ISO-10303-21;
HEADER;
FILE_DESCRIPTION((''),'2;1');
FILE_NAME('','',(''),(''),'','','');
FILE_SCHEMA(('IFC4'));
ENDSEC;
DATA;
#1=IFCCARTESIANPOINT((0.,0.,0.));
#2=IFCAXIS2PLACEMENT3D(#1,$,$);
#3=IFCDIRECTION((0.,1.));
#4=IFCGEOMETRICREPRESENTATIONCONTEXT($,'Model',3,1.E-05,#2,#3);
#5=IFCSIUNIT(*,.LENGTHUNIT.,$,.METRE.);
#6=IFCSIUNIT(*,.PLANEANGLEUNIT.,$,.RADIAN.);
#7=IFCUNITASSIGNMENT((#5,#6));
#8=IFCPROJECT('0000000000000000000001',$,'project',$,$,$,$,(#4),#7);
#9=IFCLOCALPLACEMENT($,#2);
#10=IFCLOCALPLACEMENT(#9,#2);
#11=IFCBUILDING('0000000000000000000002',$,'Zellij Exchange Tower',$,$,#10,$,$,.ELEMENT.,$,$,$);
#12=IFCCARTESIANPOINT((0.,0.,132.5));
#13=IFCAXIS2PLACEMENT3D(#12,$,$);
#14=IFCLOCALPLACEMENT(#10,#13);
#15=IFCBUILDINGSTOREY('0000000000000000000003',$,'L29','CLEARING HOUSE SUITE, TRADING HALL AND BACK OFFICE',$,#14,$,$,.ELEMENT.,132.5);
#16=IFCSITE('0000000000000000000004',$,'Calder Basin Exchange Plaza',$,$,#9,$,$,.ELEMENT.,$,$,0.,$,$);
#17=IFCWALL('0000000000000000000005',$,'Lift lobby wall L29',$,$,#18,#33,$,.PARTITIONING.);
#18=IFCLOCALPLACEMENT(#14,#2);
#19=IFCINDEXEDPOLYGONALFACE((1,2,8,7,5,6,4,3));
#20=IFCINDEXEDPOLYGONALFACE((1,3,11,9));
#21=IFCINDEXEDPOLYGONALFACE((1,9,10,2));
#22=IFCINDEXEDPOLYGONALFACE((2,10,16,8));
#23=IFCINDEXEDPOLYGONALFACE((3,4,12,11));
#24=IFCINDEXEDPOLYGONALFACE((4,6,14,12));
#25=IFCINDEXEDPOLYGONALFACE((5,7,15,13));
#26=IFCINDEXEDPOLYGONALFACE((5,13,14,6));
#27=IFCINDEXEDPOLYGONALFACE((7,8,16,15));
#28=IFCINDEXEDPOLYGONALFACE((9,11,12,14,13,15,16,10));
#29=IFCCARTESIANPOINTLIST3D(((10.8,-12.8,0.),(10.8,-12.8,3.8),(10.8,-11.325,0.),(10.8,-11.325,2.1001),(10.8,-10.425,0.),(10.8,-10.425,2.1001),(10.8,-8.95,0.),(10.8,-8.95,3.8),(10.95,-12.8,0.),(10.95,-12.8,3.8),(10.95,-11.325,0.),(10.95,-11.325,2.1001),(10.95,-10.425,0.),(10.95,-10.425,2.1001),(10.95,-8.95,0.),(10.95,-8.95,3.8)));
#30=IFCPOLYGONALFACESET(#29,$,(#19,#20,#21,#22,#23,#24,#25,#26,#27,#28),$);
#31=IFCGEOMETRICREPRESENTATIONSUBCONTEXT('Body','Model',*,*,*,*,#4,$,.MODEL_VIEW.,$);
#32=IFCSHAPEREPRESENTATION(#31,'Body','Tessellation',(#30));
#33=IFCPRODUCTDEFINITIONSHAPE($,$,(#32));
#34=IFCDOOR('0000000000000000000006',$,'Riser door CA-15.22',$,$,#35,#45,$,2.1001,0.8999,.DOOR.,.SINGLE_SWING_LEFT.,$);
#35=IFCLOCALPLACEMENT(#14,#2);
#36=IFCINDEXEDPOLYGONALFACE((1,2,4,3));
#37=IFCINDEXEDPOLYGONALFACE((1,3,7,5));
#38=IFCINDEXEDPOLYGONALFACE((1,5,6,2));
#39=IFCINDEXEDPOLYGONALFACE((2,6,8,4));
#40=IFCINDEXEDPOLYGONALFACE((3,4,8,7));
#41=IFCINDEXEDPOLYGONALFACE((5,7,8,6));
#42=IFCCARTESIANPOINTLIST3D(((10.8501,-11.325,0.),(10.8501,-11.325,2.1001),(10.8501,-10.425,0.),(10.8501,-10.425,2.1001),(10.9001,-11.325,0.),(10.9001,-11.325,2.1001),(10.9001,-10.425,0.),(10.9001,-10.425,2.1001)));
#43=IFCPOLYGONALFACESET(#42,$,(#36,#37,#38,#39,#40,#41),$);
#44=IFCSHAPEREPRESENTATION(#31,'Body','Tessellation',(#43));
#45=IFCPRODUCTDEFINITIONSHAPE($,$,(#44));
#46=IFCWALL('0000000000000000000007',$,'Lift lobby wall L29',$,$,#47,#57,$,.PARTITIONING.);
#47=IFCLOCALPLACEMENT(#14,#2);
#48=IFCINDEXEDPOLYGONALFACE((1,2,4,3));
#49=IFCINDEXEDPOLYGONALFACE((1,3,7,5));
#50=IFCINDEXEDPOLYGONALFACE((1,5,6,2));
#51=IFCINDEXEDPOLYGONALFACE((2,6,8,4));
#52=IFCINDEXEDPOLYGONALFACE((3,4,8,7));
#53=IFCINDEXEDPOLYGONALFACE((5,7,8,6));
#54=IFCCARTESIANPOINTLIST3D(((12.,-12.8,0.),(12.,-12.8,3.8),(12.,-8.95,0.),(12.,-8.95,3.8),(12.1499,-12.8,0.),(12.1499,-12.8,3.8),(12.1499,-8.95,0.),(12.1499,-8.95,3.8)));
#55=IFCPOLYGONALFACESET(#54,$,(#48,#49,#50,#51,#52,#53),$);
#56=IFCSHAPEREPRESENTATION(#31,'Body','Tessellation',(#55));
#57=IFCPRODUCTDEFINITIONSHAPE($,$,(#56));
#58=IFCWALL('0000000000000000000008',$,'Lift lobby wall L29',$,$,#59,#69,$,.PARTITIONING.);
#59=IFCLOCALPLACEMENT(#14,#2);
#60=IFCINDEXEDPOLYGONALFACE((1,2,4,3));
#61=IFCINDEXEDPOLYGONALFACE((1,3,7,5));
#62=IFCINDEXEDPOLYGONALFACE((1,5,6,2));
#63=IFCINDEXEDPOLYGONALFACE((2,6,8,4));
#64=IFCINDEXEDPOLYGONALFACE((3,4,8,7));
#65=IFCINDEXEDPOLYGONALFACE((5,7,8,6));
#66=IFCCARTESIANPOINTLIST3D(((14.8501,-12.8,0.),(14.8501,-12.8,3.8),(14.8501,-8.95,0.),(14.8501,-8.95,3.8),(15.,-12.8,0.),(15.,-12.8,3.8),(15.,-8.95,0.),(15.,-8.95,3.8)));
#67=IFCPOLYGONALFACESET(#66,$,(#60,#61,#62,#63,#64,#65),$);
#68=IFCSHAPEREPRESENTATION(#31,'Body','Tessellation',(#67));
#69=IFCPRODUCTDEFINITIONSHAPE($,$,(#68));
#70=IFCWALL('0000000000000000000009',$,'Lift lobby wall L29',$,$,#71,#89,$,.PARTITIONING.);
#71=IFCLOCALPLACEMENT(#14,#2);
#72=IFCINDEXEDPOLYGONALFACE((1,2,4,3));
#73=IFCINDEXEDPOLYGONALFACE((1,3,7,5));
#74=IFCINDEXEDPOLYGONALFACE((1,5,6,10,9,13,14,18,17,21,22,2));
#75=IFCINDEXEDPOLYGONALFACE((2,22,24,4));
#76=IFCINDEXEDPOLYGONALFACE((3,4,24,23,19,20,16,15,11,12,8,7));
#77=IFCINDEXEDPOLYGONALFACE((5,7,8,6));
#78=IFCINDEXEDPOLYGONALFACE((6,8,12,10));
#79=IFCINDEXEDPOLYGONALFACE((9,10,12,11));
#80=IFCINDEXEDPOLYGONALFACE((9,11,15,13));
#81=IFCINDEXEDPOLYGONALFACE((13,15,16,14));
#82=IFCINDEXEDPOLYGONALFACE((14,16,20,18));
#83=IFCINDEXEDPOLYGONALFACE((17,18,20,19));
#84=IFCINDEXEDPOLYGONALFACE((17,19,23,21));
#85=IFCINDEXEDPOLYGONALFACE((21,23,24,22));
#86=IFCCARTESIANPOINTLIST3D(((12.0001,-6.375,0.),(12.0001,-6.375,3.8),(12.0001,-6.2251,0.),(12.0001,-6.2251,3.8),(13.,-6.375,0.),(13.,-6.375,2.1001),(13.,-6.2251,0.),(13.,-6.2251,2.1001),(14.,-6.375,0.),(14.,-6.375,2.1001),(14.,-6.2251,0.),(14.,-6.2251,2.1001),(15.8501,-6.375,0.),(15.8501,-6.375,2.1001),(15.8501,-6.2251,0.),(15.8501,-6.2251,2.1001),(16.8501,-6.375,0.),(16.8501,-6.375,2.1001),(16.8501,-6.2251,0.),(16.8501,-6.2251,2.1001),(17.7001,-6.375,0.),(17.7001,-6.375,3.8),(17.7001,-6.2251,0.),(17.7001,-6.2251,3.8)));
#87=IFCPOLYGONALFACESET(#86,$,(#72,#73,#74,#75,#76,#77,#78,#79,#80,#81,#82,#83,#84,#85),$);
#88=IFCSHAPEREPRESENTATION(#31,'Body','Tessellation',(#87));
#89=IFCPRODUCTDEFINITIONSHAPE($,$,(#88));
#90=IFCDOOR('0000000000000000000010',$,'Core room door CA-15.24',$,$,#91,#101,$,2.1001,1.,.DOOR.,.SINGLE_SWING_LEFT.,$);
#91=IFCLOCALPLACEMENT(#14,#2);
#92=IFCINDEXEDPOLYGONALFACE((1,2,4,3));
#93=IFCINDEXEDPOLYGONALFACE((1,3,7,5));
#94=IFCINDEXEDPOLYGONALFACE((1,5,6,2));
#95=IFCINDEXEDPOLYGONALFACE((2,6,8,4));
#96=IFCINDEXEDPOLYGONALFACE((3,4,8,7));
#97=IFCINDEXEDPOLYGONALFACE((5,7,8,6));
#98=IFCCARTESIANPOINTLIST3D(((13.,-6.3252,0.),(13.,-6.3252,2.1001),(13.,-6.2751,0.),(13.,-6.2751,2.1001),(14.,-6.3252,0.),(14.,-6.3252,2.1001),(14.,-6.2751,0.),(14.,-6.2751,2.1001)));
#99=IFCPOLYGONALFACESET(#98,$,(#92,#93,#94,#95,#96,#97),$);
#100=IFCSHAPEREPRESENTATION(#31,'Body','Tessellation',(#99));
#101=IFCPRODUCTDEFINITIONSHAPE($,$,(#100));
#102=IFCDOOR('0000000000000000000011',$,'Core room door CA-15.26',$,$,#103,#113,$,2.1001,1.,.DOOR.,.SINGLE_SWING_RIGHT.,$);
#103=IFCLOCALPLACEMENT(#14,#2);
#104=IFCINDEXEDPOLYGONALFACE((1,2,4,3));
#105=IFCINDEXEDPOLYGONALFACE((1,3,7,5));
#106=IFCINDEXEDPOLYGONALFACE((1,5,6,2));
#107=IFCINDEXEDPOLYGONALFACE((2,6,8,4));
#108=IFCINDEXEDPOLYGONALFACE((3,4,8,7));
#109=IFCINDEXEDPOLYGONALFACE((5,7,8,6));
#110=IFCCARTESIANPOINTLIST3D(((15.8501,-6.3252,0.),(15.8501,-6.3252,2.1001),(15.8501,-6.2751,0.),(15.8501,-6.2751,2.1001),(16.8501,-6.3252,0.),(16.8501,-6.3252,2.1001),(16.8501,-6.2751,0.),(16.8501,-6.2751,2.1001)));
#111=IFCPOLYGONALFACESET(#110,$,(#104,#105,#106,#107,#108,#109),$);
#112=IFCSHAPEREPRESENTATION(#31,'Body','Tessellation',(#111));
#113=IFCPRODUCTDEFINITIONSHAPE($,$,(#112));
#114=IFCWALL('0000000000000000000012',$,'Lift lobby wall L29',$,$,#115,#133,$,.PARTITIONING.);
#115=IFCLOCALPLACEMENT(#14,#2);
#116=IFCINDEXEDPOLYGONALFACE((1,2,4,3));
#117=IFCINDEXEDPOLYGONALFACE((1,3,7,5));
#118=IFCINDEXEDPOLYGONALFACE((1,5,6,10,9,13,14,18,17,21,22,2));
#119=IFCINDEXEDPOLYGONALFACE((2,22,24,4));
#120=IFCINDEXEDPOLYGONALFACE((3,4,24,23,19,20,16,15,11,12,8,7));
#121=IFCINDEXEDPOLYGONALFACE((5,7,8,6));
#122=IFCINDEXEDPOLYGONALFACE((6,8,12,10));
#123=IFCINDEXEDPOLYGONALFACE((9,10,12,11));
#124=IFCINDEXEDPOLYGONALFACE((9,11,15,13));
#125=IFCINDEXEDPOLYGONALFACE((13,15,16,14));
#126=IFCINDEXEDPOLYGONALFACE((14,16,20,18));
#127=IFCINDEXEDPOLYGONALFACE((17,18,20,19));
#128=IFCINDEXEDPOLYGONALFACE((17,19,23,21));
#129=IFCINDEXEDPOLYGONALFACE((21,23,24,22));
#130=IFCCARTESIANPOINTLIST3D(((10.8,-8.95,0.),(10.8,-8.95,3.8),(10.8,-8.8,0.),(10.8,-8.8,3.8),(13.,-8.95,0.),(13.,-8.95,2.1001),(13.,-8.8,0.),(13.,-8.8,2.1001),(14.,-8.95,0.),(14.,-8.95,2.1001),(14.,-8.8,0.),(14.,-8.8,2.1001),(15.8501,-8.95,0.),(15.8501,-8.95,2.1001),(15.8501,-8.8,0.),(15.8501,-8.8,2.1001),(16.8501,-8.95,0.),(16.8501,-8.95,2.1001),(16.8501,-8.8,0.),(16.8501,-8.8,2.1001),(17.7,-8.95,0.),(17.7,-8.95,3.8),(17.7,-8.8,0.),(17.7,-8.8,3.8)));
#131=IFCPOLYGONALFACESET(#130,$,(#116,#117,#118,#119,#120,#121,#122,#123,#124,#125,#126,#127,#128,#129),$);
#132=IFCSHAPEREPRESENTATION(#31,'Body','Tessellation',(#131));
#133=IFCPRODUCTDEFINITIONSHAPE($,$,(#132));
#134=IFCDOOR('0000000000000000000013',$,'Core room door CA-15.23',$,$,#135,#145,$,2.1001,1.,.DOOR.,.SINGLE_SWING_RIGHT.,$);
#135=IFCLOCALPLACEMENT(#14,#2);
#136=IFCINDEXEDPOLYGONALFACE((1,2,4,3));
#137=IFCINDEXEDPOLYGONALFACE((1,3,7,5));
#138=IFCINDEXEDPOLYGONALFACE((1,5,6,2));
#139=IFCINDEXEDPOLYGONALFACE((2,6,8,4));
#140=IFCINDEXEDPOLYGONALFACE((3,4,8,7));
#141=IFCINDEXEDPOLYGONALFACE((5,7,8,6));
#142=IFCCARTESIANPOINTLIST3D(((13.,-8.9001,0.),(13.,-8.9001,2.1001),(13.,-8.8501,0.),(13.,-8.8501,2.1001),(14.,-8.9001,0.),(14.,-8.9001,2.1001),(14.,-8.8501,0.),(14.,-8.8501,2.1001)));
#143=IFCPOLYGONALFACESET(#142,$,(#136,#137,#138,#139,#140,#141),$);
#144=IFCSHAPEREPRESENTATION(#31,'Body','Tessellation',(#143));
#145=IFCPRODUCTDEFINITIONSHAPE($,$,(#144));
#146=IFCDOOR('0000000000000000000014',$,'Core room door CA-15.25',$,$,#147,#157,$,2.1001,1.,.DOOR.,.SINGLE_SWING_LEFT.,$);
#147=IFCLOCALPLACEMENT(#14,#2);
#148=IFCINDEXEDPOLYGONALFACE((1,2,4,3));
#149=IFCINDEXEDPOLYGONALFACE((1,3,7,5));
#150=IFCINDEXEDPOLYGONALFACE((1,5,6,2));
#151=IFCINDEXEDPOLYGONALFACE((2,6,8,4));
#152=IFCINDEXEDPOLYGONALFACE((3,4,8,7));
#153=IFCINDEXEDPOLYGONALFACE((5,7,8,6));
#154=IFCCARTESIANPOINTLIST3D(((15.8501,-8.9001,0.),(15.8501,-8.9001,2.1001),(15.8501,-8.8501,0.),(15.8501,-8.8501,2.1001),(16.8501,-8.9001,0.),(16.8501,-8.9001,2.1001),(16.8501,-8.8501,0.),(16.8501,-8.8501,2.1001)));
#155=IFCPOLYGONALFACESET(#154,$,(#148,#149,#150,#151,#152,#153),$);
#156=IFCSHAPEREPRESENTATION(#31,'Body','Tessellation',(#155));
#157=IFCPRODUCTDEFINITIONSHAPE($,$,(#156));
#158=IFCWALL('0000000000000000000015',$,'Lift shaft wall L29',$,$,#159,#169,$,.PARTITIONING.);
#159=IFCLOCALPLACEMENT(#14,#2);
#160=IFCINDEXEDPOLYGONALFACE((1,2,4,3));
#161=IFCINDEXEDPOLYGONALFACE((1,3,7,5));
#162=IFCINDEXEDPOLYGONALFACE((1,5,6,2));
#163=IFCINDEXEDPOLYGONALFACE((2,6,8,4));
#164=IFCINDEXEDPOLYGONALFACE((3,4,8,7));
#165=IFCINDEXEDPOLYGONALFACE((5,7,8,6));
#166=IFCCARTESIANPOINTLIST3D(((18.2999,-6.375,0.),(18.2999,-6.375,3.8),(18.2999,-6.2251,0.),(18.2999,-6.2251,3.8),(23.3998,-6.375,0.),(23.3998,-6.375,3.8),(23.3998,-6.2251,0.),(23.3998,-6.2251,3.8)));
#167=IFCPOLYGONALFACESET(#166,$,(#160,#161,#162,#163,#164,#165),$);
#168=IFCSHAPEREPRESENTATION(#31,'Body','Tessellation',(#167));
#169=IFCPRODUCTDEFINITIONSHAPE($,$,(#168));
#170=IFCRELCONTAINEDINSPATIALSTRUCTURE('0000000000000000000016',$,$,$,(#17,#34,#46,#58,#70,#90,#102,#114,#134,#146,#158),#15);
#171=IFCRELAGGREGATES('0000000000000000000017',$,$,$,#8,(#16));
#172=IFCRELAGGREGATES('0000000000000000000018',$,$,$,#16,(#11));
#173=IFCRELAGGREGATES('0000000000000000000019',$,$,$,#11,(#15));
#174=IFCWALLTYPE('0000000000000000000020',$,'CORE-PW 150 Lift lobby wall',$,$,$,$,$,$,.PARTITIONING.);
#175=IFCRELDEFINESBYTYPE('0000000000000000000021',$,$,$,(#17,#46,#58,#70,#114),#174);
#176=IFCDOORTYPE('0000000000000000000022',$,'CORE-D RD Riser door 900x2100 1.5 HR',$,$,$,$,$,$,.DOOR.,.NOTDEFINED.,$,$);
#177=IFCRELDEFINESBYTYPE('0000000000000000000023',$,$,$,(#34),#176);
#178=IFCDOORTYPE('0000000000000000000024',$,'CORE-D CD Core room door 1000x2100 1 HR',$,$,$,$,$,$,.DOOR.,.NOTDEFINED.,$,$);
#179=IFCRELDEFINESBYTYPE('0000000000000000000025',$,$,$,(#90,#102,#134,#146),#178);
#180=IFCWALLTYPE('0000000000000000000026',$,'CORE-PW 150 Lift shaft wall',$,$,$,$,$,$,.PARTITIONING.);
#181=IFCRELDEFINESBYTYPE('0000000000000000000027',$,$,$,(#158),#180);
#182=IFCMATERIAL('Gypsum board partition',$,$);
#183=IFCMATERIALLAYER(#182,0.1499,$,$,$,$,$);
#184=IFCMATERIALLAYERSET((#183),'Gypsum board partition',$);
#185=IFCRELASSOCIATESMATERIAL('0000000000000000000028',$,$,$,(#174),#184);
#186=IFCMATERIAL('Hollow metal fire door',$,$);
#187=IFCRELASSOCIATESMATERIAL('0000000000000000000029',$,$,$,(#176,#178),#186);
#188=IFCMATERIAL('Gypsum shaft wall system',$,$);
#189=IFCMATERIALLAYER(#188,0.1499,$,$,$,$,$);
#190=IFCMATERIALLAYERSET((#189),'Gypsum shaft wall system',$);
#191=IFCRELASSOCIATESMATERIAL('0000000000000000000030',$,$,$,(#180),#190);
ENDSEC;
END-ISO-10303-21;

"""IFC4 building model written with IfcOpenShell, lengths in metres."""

from ifc_helpers import new_model, si_unit, direction, frame, frame_2d, origin, place, context, subcontext, project, spatial, rectangle, extrude, material, layer, layer_set, type_object, element, fill, save


model = new_model("IFC4")

# Units and contexts
model_context = context("Model", 3, precision=1e-05, world=origin(), true_north=direction((0.0, 1.0)))
body_context = subcontext(model_context, "Body", "Model", "MODEL_VIEW")
ifc_project = project(units=[si_unit("LENGTHUNIT", "METRE"), si_unit("PLANEANGLEUNIT", "RADIAN")], contexts=[model_context])

# Site, building, storey
site_placement = place(None, origin())
site = spatial("IfcSite", under=ifc_project, at=site_placement, Name="Calder Basin Exchange Plaza", CompositionType="ELEMENT", RefElevation=0.0)
building_placement = place(site_placement, origin())
building = spatial("IfcBuilding", under=site, at=building_placement, Name="Zellij Exchange Tower", CompositionType="ELEMENT")
storey_placement = place(building_placement, frame((0.0, 0.0, 132.5)))
storey = spatial("IfcBuildingStorey", under=building, at=storey_placement, Name="L29", Description="CLEARING HOUSE SUITE, TRADING HALL AND BACK OFFICE", CompositionType="ELEMENT", Elevation=132.5)

# Shared definitions
ifc_material_1 = material(Name="Gypsum board partition")
ifc_layer_1 = layer(ifc_material_1, 0.1499)
ifc_layer_set_1 = layer_set([ifc_layer_1], Name="Gypsum board partition")
wall_type_1 = type_object("IfcWallType", Name="CORE-PW 150 Lift lobby wall", PredefinedType="PARTITIONING", material=ifc_layer_set_1)

# Wall, opening, door
wall_1_placement = place(storey_placement, frame((10.875, -12.8, 0.0), z_axis=(0.0, 0.0, 1.0), x_axis=(0.0, 1.0, 0.0)))
wall_1 = element("IfcWall", 1, at=wall_1_placement, inside=storey, type_object=wall_type_1, Name="Lift lobby wall L29", PredefinedType="PARTITIONING", context=body_context, shape_type="SweptSolid", body=[
    extrude(rectangle(XDim=3.8501, YDim=0.1499, at=frame_2d((1.925, 0.0))), origin(), (0.0, 0.0, 1.0), 3.8),
])
opening_1_placement = place(wall_1_placement, frame((1.4751, 0.0, 0.0)))
opening_1 = element("IfcOpeningElement", 2, at=opening_1_placement, cuts=wall_1, PredefinedType="OPENING", context=body_context, shape_type="SweptSolid", body=[
    extrude(rectangle(XDim=0.8999, YDim=2.1001, at=frame_2d((0.45, 1.05))), frame((0.0, 0.0869, 0.0), z_axis=(0.0, -1.0, 0.0), x_axis=(1.0, 0.0, 0.0)), (0.0, 0.0, 1.0), 0.1738),
])
ifc_material_2 = material(Name="Hollow metal fire door")
door_type_1 = type_object("IfcDoorType", Name="CORE-D RD Riser door 900x2100 1.5 HR", OperationType="NOTDEFINED", PredefinedType="DOOR", material=ifc_material_2)
door_1_placement = place(opening_1_placement, origin())
door_1 = element("IfcDoor", 3, at=door_1_placement, inside=storey, type_object=door_type_1, Name="Riser door CA-15.22", OperationType="SINGLE_SWING_LEFT", OverallHeight=2.1001, OverallWidth=0.8999, PredefinedType="DOOR", context=body_context, shape_type="SweptSolid", body=[
    extrude(rectangle(XDim=0.8999, YDim=2.1001, at=frame_2d((0.45, 1.05))), frame((0.0, 0.0249, 0.0), z_axis=(0.0, -1.0, 0.0), x_axis=(1.0, 0.0, 0.0)), (0.0, 0.0, 1.0), 0.05),
])
fill(opening_1, door_1)

# Walls
for number, where, z_axis, x_axis, name in (
    (4, (12.075, -12.8, 0.0), (0.0, 0.0, 1.0), (0.0, 1.0, 0.0), "Lift lobby wall L29"),
    (5, (14.925, -12.8, 0.0), (0.0, 0.0, 1.0), (0.0, 1.0, 0.0), "Lift lobby wall L29"),
):
    element("IfcWall", number, at=place(storey_placement, frame(where, z_axis=z_axis, x_axis=x_axis)), inside=storey, type_object=wall_type_1, Name=name, PredefinedType="PARTITIONING", context=body_context, shape_type="SweptSolid", body=[
        extrude(rectangle(XDim=3.8501, YDim=0.1499, at=frame_2d((1.925, 0.0))), origin(), (0.0, 0.0, 1.0), 3.8),
    ])

# Walls, openings, doors
wall_2_placement = place(storey_placement, frame((12.0, -6.3, 0.0), z_axis=(0.0, 0.0, 1.0), x_axis=(1.0, 0.0, 0.0)))
wall_2 = element("IfcWall", 6, at=wall_2_placement, inside=storey, type_object=wall_type_1, Name="Lift lobby wall L29", PredefinedType="PARTITIONING", context=body_context, shape_type="SweptSolid", body=[
    extrude(rectangle(XDim=5.7, YDim=0.1499, at=frame_2d((2.8501, 0.0))), origin(), (0.0, 0.0, 1.0), 3.8),
])
opening_2_placement = place(wall_2_placement, frame((1.0, 0.0, 0.0)))
opening_2 = element("IfcOpeningElement", 7, at=opening_2_placement, cuts=wall_2, PredefinedType="OPENING", context=body_context, shape_type="SweptSolid", body=[
    extrude(rectangle(XDim=1.0, YDim=2.1001, at=frame_2d((0.5, 1.05))), frame((0.0, 0.0869, 0.0), z_axis=(0.0, -1.0, 0.0), x_axis=(1.0, 0.0, 0.0)), (0.0, 0.0, 1.0), 0.1738),
])
opening_3_placement = place(wall_2_placement, frame((3.8501, 0.0, 0.0)))
opening_3 = element("IfcOpeningElement", 8, at=opening_3_placement, cuts=wall_2, PredefinedType="OPENING", context=body_context, shape_type="SweptSolid", body=[
    extrude(rectangle(XDim=1.0, YDim=2.1001, at=frame_2d((0.5, 1.05))), frame((0.0, 0.0869, 0.0), z_axis=(0.0, -1.0, 0.0), x_axis=(1.0, 0.0, 0.0)), (0.0, 0.0, 1.0), 0.1738),
])
door_type_2 = type_object("IfcDoorType", Name="CORE-D CD Core room door 1000x2100 1 HR", OperationType="NOTDEFINED", PredefinedType="DOOR", material=ifc_material_2)
door_2_placement = place(opening_2_placement, origin())
door_2 = element("IfcDoor", 9, at=door_2_placement, inside=storey, type_object=door_type_2, Name="Core room door CA-15.24", OperationType="SINGLE_SWING_LEFT", OverallHeight=2.1001, OverallWidth=1.0, PredefinedType="DOOR", context=body_context, shape_type="SweptSolid", body=[
    extrude(rectangle(XDim=1.0, YDim=2.1001, at=frame_2d((0.5, 1.05))), frame((0.0, 0.0249, 0.0), z_axis=(0.0, -1.0, 0.0), x_axis=(1.0, 0.0, 0.0)), (0.0, 0.0, 1.0), 0.05),
])
fill(opening_2, door_2)
door_3_placement = place(opening_3_placement, origin())
door_3 = element("IfcDoor", 10, at=door_3_placement, inside=storey, type_object=door_type_2, Name="Core room door CA-15.26", OperationType="SINGLE_SWING_RIGHT", OverallHeight=2.1001, OverallWidth=1.0, PredefinedType="DOOR", context=body_context, shape_type="SweptSolid", body=[
    extrude(rectangle(XDim=1.0, YDim=2.1001, at=frame_2d((0.5, 1.05))), frame((0.0, 0.0249, 0.0), z_axis=(0.0, -1.0, 0.0), x_axis=(1.0, 0.0, 0.0)), (0.0, 0.0, 1.0), 0.05),
])
fill(opening_3, door_3)
wall_3_placement = place(storey_placement, frame((10.8, -8.875, 0.0), z_axis=(0.0, 0.0, 1.0), x_axis=(1.0, 0.0, 0.0)))
wall_3 = element("IfcWall", 11, at=wall_3_placement, inside=storey, type_object=wall_type_1, Name="Lift lobby wall L29", PredefinedType="PARTITIONING", context=body_context, shape_type="SweptSolid", body=[
    extrude(rectangle(XDim=6.8999, YDim=0.1499, at=frame_2d((3.45, 0.0))), origin(), (0.0, 0.0, 1.0), 3.8),
])
opening_4_placement = place(wall_3_placement, frame((2.2, 0.0, 0.0)))
opening_4 = element("IfcOpeningElement", 12, at=opening_4_placement, cuts=wall_3, PredefinedType="OPENING", context=body_context, shape_type="SweptSolid", body=[
    extrude(rectangle(XDim=1.0, YDim=2.1001, at=frame_2d((0.5, 1.05))), frame((0.0, 0.0869, 0.0), z_axis=(0.0, -1.0, 0.0), x_axis=(1.0, 0.0, 0.0)), (0.0, 0.0, 1.0), 0.1738),
])
opening_5_placement = place(wall_3_placement, frame((5.05, 0.0, 0.0)))
opening_5 = element("IfcOpeningElement", 13, at=opening_5_placement, cuts=wall_3, PredefinedType="OPENING", context=body_context, shape_type="SweptSolid", body=[
    extrude(rectangle(XDim=1.0, YDim=2.1001, at=frame_2d((0.5, 1.05))), frame((0.0, 0.0869, 0.0), z_axis=(0.0, -1.0, 0.0), x_axis=(1.0, 0.0, 0.0)), (0.0, 0.0, 1.0), 0.1738),
])
door_4_placement = place(opening_4_placement, origin())
door_4 = element("IfcDoor", 14, at=door_4_placement, inside=storey, type_object=door_type_2, Name="Core room door CA-15.23", OperationType="SINGLE_SWING_RIGHT", OverallHeight=2.1001, OverallWidth=1.0, PredefinedType="DOOR", context=body_context, shape_type="SweptSolid", body=[
    extrude(rectangle(XDim=1.0, YDim=2.1001, at=frame_2d((0.5, 1.05))), frame((0.0, 0.0249, 0.0), z_axis=(0.0, -1.0, 0.0), x_axis=(1.0, 0.0, 0.0)), (0.0, 0.0, 1.0), 0.05),
])
fill(opening_4, door_4)
door_5_placement = place(opening_5_placement, origin())
door_5 = element("IfcDoor", 15, at=door_5_placement, inside=storey, type_object=door_type_2, Name="Core room door CA-15.25", OperationType="SINGLE_SWING_LEFT", OverallHeight=2.1001, OverallWidth=1.0, PredefinedType="DOOR", context=body_context, shape_type="SweptSolid", body=[
    extrude(rectangle(XDim=1.0, YDim=2.1001, at=frame_2d((0.5, 1.05))), frame((0.0, 0.0249, 0.0), z_axis=(0.0, -1.0, 0.0), x_axis=(1.0, 0.0, 0.0)), (0.0, 0.0, 1.0), 0.05),
])
fill(opening_5, door_5)

# Wall
ifc_material_3 = material(Name="Gypsum shaft wall system")
ifc_layer_2 = layer(ifc_material_3, 0.1499)
ifc_layer_set_2 = layer_set([ifc_layer_2], Name="Gypsum shaft wall system")
wall_type_2 = type_object("IfcWallType", Name="CORE-PW 150 Lift shaft wall", PredefinedType="PARTITIONING", material=ifc_layer_set_2)
wall_4_placement = place(storey_placement, frame((18.3, -6.3, 0.0), z_axis=(0.0, 0.0, 1.0), x_axis=(1.0, 0.0, 0.0)))
element("IfcWall", 16, at=wall_4_placement, inside=storey, type_object=wall_type_2, Name="Lift shaft wall L29", PredefinedType="PARTITIONING", context=body_context, shape_type="SweptSolid", body=[
    extrude(rectangle(XDim=5.0999, YDim=0.1499, at=frame_2d((2.5498, 0.0))), origin(), (0.0, 0.0, 1.0), 3.8),
])

save(model, "model.ifc")
